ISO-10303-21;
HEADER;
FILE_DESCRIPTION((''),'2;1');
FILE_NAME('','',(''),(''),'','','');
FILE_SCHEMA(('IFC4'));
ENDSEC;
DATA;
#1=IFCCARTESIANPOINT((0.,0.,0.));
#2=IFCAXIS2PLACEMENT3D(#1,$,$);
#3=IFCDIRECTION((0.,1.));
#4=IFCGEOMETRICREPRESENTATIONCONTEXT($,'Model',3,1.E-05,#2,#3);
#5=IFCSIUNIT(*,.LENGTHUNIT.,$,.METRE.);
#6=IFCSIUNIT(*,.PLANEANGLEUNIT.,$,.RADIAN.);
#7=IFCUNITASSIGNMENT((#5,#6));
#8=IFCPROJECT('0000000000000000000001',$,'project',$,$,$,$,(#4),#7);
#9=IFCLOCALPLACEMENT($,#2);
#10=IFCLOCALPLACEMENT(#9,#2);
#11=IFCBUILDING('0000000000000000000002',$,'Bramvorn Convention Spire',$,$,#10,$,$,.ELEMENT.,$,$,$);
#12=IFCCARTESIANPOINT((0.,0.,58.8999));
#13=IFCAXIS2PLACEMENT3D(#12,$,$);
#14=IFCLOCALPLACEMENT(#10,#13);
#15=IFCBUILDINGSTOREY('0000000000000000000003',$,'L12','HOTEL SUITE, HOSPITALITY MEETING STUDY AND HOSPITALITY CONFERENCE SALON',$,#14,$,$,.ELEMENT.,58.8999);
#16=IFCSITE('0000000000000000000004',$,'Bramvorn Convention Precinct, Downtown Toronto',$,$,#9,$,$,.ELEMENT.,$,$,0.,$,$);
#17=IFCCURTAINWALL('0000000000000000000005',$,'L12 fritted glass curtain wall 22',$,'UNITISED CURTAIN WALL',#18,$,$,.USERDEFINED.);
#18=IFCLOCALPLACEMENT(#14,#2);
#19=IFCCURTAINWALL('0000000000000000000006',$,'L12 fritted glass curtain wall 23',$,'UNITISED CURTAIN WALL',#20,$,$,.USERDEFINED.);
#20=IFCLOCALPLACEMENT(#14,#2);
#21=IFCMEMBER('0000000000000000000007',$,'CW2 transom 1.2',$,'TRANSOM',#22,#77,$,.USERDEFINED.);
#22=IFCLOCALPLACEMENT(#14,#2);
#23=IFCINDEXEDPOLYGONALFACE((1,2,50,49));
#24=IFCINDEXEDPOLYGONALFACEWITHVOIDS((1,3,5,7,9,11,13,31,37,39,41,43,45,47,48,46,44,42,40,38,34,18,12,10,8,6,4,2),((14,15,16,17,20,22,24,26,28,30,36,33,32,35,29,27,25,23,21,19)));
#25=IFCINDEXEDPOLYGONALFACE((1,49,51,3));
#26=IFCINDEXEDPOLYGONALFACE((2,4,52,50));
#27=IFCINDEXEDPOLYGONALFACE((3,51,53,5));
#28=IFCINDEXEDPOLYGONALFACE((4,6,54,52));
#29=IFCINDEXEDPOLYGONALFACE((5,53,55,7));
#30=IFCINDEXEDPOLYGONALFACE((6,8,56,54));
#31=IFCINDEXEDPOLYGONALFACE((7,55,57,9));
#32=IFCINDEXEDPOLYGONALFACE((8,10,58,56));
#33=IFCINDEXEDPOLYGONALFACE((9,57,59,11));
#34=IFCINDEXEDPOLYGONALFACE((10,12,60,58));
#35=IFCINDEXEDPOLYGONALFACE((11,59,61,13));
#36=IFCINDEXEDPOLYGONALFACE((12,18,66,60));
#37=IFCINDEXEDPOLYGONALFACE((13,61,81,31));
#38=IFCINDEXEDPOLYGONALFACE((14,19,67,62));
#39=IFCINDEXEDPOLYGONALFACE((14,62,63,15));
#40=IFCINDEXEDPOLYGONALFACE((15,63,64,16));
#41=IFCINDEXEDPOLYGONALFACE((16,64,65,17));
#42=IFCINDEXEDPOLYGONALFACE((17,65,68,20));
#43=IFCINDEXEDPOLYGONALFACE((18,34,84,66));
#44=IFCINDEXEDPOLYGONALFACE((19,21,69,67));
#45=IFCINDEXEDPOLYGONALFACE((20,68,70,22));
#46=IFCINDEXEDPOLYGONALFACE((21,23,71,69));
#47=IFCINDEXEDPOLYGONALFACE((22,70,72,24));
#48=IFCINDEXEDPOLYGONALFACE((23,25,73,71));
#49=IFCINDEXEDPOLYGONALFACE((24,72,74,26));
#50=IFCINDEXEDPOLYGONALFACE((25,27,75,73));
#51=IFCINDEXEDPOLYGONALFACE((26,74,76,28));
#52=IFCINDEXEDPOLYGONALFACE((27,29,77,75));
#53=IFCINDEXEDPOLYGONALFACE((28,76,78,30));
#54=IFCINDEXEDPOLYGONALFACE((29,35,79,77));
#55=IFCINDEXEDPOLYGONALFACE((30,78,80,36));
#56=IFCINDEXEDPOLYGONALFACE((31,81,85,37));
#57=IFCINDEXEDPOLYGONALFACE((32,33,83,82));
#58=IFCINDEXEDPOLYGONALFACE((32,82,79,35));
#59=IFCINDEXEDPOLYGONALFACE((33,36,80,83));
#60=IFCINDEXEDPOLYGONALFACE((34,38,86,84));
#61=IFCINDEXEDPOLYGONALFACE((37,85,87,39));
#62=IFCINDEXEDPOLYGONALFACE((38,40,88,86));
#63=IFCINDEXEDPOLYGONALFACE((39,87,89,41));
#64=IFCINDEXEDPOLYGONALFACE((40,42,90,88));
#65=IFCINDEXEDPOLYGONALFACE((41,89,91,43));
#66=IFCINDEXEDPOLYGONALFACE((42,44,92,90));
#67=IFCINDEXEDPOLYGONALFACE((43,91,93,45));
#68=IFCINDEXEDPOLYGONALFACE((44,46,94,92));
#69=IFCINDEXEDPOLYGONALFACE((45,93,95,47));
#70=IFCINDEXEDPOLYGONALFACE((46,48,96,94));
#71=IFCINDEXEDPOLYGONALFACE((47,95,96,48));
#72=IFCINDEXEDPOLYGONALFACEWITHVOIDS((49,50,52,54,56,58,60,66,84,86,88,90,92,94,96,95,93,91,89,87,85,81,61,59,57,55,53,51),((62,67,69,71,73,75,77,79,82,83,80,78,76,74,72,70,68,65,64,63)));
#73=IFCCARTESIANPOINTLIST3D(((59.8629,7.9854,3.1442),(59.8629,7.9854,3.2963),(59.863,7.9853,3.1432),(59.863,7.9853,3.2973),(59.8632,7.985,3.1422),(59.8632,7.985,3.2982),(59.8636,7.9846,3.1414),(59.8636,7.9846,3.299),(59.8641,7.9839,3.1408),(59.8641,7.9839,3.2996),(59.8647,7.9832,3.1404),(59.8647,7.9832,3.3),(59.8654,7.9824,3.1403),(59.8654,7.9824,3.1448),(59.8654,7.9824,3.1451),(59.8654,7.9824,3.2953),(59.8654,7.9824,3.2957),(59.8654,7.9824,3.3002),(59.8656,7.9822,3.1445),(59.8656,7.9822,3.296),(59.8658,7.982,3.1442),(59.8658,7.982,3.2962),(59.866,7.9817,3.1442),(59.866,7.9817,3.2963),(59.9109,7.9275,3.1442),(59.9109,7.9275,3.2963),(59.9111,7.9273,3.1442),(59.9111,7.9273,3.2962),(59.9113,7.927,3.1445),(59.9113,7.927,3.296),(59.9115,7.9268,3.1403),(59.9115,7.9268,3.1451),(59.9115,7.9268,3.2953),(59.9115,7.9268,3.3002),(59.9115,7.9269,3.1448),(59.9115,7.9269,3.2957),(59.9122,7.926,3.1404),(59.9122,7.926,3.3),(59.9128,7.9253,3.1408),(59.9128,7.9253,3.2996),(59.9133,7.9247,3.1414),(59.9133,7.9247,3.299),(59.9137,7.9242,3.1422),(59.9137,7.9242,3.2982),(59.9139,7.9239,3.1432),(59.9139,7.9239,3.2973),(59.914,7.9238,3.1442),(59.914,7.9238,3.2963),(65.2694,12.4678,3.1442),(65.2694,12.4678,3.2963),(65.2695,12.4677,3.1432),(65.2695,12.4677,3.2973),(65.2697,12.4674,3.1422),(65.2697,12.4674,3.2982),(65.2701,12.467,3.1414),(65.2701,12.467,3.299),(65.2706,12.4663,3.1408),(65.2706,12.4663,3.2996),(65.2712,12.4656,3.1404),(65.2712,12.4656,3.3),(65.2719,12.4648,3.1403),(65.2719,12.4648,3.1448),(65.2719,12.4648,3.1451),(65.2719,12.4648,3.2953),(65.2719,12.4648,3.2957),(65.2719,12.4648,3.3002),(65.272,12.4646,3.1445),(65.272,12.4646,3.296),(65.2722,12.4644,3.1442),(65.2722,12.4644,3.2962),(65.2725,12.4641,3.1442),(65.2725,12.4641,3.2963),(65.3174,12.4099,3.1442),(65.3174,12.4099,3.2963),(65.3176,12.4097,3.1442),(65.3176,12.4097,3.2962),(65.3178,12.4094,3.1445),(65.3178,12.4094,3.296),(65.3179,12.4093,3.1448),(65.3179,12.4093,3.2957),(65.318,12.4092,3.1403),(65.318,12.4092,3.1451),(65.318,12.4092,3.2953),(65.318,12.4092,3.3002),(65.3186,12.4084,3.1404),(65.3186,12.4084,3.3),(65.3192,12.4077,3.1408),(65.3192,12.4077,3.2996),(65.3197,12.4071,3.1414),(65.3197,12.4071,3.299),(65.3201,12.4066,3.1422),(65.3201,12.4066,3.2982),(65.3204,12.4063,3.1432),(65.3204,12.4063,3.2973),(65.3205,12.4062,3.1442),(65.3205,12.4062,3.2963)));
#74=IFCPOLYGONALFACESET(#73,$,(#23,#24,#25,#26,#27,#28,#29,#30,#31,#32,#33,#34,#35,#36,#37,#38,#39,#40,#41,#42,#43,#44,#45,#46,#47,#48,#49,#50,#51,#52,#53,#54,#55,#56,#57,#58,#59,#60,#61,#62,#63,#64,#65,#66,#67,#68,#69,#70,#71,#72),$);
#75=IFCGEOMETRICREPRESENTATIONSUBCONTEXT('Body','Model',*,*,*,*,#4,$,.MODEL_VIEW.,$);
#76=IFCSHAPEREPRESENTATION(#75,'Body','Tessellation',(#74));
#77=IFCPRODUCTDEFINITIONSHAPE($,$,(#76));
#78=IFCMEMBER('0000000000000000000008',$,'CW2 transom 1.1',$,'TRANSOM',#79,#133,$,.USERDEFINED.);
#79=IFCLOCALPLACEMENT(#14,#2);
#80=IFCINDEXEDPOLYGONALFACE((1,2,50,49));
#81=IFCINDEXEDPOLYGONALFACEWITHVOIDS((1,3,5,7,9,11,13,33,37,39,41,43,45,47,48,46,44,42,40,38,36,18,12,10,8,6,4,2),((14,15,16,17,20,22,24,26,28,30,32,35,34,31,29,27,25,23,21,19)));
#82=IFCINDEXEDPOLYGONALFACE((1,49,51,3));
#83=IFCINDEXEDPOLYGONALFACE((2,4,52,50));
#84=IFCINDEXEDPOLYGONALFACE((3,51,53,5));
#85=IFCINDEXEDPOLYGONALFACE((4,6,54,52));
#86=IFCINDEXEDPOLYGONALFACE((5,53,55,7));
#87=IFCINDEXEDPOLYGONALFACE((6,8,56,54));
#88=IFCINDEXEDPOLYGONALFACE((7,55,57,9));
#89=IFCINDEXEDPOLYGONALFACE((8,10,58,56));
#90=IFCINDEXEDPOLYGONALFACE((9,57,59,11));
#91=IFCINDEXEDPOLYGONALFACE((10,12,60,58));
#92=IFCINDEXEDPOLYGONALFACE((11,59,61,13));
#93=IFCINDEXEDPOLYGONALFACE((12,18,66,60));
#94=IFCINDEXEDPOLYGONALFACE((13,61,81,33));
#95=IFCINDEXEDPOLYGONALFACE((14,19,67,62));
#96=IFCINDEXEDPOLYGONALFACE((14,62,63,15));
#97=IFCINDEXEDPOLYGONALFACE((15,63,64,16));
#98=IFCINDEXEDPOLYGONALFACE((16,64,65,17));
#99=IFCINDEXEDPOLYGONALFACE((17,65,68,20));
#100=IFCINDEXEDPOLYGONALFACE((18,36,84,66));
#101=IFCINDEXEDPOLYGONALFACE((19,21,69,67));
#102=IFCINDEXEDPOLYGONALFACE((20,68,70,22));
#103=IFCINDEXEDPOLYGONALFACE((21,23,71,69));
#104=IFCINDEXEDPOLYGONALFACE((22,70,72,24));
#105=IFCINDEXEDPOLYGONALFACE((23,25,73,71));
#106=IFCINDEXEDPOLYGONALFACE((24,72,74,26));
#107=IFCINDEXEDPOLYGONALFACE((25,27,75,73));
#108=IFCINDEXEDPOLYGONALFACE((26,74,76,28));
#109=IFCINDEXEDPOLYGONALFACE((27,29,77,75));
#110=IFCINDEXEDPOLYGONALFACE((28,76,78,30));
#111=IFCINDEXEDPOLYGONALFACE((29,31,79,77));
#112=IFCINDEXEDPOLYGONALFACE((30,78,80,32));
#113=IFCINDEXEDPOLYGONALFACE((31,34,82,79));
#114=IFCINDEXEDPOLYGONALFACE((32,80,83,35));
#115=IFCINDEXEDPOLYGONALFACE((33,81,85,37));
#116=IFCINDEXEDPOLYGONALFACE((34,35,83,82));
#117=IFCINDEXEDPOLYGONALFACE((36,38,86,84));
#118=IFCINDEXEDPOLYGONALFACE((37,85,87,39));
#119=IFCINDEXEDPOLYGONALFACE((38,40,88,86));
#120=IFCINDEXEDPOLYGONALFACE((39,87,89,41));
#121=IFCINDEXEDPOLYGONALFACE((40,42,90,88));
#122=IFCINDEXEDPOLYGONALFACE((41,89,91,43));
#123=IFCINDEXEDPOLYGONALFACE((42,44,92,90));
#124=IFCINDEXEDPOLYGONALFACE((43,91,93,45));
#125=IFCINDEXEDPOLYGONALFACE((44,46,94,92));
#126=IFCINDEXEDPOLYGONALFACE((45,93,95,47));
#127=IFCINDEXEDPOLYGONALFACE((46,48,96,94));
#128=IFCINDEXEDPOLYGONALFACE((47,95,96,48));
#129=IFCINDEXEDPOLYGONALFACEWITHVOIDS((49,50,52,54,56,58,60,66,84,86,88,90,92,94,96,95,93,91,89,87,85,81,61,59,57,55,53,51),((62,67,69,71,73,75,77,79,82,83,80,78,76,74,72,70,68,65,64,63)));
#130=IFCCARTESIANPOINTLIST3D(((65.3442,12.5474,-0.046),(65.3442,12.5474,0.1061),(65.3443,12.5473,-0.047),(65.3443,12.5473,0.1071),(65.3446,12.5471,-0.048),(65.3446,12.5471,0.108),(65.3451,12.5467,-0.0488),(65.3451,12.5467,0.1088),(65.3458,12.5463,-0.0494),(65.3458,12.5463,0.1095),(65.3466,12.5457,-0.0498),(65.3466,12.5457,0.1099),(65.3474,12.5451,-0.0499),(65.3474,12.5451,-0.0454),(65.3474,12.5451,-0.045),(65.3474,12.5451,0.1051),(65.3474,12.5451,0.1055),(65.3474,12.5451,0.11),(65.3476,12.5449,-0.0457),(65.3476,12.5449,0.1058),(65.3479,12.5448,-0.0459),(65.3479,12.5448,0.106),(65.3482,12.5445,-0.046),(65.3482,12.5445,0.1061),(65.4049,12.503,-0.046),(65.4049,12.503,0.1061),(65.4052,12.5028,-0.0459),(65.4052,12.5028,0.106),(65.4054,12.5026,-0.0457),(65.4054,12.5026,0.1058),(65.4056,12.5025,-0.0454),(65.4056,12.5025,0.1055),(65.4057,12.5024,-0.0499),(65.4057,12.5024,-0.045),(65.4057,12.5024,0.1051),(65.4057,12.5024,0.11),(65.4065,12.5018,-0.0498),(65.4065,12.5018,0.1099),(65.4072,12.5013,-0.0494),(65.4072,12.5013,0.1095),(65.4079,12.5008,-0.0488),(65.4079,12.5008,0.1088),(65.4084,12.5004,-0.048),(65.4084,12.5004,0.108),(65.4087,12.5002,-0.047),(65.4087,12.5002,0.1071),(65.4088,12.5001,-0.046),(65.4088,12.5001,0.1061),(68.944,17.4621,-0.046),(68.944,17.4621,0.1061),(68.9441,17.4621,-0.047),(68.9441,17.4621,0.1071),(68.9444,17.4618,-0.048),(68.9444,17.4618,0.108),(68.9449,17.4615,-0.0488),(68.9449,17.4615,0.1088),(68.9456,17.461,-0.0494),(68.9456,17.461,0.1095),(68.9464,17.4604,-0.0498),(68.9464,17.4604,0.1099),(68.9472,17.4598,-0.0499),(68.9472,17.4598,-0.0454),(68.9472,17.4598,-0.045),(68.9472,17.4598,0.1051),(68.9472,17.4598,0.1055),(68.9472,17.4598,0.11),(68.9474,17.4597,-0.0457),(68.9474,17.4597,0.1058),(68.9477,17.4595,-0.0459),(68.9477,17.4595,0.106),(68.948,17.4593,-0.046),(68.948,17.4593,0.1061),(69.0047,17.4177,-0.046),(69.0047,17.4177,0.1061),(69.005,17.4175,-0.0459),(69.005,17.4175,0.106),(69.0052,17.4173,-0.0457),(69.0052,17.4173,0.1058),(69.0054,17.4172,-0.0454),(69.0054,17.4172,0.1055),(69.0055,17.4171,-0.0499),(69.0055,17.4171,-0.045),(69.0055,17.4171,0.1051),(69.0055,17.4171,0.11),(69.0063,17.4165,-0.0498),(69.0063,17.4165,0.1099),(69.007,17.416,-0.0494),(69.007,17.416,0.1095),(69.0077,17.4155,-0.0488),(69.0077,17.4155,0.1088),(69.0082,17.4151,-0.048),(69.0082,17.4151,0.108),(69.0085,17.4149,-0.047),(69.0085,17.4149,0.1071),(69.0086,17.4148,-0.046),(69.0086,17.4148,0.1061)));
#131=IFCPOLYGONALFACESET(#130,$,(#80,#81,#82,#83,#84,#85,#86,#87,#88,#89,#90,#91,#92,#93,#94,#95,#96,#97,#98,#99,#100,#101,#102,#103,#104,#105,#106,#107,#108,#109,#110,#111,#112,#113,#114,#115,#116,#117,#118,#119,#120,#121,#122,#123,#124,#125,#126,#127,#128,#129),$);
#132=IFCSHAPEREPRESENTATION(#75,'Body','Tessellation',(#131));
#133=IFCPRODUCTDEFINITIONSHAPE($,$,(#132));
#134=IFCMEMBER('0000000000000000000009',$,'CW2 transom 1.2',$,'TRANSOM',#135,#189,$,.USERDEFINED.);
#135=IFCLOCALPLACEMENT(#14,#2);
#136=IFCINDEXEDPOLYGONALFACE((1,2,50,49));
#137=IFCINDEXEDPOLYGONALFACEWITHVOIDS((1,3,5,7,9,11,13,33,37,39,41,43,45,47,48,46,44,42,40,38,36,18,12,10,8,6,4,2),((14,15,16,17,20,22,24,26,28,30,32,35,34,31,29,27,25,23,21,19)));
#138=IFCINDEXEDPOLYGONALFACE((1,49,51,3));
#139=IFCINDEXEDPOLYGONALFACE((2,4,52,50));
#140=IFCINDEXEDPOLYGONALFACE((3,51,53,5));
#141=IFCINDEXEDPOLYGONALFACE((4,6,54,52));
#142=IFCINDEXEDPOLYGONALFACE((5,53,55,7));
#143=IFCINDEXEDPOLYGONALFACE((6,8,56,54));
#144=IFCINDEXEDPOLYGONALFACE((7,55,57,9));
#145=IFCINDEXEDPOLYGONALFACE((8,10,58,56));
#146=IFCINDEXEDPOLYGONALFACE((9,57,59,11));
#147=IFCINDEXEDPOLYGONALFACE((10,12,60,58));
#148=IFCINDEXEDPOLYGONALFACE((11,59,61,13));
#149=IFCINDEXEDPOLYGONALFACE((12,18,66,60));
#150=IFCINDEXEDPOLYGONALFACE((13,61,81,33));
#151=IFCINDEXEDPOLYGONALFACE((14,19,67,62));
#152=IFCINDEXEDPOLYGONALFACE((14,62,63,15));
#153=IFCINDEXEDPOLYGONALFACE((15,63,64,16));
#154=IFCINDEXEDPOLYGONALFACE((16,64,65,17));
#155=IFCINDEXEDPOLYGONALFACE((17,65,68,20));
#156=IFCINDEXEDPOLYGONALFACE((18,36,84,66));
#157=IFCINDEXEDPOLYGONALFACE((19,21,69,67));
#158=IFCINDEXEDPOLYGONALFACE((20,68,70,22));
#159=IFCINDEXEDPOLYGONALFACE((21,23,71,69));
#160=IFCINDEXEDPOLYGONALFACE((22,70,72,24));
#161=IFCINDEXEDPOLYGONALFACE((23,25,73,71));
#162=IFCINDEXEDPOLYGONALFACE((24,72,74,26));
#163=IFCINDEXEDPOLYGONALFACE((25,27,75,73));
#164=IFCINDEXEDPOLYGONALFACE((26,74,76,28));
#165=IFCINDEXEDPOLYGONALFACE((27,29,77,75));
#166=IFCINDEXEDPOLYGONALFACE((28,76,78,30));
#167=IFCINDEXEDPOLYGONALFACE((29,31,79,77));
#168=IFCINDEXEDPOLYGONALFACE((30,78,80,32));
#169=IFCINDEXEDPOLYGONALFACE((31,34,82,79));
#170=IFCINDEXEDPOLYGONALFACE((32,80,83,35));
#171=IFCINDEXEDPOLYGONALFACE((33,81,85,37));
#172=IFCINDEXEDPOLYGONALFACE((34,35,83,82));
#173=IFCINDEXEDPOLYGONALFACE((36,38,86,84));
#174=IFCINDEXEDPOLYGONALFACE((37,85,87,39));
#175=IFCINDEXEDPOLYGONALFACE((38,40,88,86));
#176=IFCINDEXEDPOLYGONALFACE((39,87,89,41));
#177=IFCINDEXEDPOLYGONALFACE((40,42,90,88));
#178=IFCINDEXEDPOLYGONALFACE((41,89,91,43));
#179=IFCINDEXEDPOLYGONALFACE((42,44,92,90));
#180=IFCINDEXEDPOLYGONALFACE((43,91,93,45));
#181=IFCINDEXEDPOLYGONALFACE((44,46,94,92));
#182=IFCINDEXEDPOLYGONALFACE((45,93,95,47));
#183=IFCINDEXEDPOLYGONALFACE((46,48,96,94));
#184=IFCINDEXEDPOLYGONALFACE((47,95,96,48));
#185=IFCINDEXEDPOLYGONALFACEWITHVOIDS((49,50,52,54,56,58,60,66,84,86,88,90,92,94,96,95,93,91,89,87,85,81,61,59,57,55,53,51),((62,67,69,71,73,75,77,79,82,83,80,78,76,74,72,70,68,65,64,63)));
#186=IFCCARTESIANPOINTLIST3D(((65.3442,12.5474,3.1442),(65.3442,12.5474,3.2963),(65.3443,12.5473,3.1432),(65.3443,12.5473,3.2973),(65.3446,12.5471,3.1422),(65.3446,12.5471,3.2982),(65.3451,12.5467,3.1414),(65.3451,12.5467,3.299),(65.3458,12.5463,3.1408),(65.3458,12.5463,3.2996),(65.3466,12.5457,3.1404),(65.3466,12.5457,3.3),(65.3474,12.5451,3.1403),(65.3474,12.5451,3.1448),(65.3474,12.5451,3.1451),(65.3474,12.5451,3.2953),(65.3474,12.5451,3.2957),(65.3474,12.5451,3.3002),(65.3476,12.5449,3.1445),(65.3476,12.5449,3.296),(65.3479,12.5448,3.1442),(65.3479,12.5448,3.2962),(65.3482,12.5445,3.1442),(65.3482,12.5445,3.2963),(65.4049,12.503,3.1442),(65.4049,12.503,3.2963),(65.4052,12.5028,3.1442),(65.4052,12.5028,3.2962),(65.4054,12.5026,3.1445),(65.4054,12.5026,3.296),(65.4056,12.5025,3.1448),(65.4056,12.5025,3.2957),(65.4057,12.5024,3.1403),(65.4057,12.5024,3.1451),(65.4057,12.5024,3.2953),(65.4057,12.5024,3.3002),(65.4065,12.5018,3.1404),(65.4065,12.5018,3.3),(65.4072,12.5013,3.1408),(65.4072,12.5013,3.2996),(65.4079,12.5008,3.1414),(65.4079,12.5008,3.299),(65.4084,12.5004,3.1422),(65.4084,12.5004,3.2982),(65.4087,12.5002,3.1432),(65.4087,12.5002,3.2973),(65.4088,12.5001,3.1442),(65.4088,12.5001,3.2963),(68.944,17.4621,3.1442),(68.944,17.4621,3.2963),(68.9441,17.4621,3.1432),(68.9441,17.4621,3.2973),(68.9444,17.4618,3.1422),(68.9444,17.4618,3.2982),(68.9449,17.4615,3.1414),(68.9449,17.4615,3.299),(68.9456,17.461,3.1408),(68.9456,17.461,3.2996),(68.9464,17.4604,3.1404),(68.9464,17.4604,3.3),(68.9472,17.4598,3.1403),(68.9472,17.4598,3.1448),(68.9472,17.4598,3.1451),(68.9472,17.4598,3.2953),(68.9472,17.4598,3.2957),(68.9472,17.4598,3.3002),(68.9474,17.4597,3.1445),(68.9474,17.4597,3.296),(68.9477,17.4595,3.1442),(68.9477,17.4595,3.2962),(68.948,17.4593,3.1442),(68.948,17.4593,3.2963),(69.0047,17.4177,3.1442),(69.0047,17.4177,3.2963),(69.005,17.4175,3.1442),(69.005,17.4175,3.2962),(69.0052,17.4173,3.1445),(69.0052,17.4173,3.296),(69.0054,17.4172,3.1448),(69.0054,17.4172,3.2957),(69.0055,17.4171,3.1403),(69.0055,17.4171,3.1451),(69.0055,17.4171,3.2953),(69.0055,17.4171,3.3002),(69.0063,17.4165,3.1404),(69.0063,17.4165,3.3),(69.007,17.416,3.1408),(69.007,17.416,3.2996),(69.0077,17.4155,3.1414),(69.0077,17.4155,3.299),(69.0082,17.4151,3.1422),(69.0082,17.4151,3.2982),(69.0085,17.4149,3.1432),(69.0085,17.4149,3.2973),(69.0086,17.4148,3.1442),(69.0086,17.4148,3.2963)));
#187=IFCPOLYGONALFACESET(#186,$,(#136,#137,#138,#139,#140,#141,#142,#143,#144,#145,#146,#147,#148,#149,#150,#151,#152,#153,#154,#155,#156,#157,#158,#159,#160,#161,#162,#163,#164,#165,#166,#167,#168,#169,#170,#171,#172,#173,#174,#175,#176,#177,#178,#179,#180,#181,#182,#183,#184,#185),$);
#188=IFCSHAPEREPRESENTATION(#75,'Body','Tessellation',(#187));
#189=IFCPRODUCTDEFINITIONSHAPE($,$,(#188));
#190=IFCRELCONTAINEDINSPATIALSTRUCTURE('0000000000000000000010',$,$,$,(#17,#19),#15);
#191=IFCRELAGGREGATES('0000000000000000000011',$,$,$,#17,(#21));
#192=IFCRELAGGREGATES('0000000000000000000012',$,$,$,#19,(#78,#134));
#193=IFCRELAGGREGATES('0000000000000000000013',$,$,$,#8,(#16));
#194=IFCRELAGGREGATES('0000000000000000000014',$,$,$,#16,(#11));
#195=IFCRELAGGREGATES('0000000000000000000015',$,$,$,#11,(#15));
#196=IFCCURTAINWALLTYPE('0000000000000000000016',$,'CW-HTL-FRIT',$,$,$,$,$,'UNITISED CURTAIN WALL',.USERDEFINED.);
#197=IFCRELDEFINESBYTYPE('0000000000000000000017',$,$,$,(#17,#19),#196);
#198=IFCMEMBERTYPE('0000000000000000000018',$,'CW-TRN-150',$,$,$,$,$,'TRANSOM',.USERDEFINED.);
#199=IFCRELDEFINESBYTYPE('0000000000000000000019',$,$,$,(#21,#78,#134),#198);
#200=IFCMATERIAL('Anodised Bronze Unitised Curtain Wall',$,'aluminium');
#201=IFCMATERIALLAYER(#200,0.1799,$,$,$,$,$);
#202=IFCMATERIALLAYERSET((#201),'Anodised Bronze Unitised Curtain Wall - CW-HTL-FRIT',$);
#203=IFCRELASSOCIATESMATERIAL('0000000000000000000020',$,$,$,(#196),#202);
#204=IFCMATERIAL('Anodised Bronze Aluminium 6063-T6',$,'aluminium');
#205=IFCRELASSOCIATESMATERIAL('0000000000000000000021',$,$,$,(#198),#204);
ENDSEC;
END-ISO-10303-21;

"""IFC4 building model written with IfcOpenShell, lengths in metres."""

from ifc_helpers import new_model, si_unit, direction, frame, origin, origin_2d, place, context, subcontext, project, spatial, hollow_rectangle, extrude, material, layer, layer_set, material_profile, profile_set, type_object, element, aggregate, save


model = new_model("IFC4")

# Units and contexts
model_context = context("Model", 3, precision=1e-05, world=origin(), true_north=direction((0.0, 1.0)))
body_context = subcontext(model_context, "Body", "Model", "MODEL_VIEW")
ifc_project = project(units=[si_unit("LENGTHUNIT", "METRE"), si_unit("PLANEANGLEUNIT", "RADIAN")], contexts=[model_context])

# Site, building, storey
site_placement = place(None, origin())
site = spatial("IfcSite", under=ifc_project, at=site_placement, Name="Bramvorn Convention Precinct, Downtown Toronto", CompositionType="ELEMENT", RefElevation=0.0)
building_placement = place(site_placement, origin())
building = spatial("IfcBuilding", under=site, at=building_placement, Name="Bramvorn Convention Spire", CompositionType="ELEMENT")
storey_placement = place(building_placement, frame((0.0, 0.0, 58.8999)))
storey = spatial("IfcBuildingStorey", under=building, at=storey_placement, Name="L12", Description="HOTEL SUITE, HOSPITALITY MEETING STUDY AND HOSPITALITY CONFERENCE SALON", CompositionType="ELEMENT", Elevation=58.8999)

# Curtain walls
ifc_material_1 = material(Name="Anodised Bronze Unitised Curtain Wall", Category="aluminium")
ifc_layer_1 = layer(ifc_material_1, 0.1799)
ifc_layer_set_1 = layer_set([ifc_layer_1], Name="Anodised Bronze Unitised Curtain Wall - CW-HTL-FRIT")
curtain_wall_type = type_object("IfcCurtainWallType", Name="CW-HTL-FRIT", ElementType="UNITISED CURTAIN WALL", PredefinedType="USERDEFINED", material=ifc_layer_set_1)
curtain_wall_1_placement = place(storey_placement, origin())
curtain_wall_1 = element("IfcCurtainWall", 1, at=curtain_wall_1_placement, inside=storey, type_object=curtain_wall_type, Name="L12 fritted glass curtain wall 22", ObjectType="UNITISED CURTAIN WALL", PredefinedType="USERDEFINED")
ifc_material_2 = material(Name="Anodised Bronze Aluminium 6063-T6", Category="aluminium")
curtain_wall_2_placement = place(storey_placement, origin())
curtain_wall_2 = element("IfcCurtainWall", 2, at=curtain_wall_2_placement, inside=storey, type_object=curtain_wall_type, Name="L12 fritted glass curtain wall 23", ObjectType="UNITISED CURTAIN WALL", PredefinedType="USERDEFINED")

# Members
ifc_material_profile_1 = material_profile(ifc_material_2, hollow_rectangle(XDim=0.0801, YDim=0.1599, WallThickness=0.0039, InnerFilletRadius=0.001, OuterFilletRadius=0.0039, at=origin_2d()))
ifc_profile_set_1 = profile_set([ifc_material_profile_1], Name="Anodised Bronze Aluminium 6063-T6 - CWT80X160")
member_type_1 = type_object("IfcMemberType", Name="CW-TRN-150", ElementType="TRANSOM", PredefinedType="USERDEFINED", material=ifc_profile_set_1)
member_1_placement = place(storey_placement, frame((65.2949, 12.437, 3.2202), z_axis=(-0.769829, -0.63825, 0.0), x_axis=(0.63825, -0.769829, 0.0)))
member_1 = element("IfcMember", 3, at=member_1_placement, type_object=member_type_1, Name="CW2 transom 1.2", ObjectType="TRANSOM", PredefinedType="USERDEFINED", context=body_context, shape_type="SweptSolid", body=[
    extrude(hollow_rectangle(XDim=0.0801, YDim=0.1599, WallThickness=0.0039, InnerFilletRadius=0.001, OuterFilletRadius=0.0039, at=origin_2d()), origin(), (0.0, 0.0, 1.0), 7.0229),
])
member_2_placement = place(storey_placement, frame((68.9763, 17.4385, 0.03), z_axis=(-0.590901, -0.806744, 0.0), x_axis=(0.806744, -0.590901, 0.0)))
member_2 = element("IfcMember", 4, at=member_2_placement, type_object=member_type_1, Name="CW2 transom 1.1", ObjectType="TRANSOM", PredefinedType="USERDEFINED", context=body_context, shape_type="SweptSolid", body=[
    extrude(hollow_rectangle(XDim=0.0801, YDim=0.1599, WallThickness=0.0039, InnerFilletRadius=0.001, OuterFilletRadius=0.0039, at=origin_2d()), origin(), (0.0, 0.0, 1.0), 6.092),
])
member_3_placement = place(storey_placement, frame((68.9763, 17.4385, 3.2202), z_axis=(-0.590901, -0.806744, 0.0), x_axis=(0.806744, -0.590901, 0.0)))
member_3 = element("IfcMember", 5, at=member_3_placement, type_object=member_type_1, Name="CW2 transom 1.2", ObjectType="TRANSOM", PredefinedType="USERDEFINED", context=body_context, shape_type="SweptSolid", body=[
    extrude(hollow_rectangle(XDim=0.0801, YDim=0.1599, WallThickness=0.0039, InnerFilletRadius=0.001, OuterFilletRadius=0.0039, at=origin_2d()), origin(), (0.0, 0.0, 1.0), 6.092),
])

aggregate(curtain_wall_1, [member_1])
aggregate(curtain_wall_2, [member_2, member_3])

save(model, "model.ifc")
